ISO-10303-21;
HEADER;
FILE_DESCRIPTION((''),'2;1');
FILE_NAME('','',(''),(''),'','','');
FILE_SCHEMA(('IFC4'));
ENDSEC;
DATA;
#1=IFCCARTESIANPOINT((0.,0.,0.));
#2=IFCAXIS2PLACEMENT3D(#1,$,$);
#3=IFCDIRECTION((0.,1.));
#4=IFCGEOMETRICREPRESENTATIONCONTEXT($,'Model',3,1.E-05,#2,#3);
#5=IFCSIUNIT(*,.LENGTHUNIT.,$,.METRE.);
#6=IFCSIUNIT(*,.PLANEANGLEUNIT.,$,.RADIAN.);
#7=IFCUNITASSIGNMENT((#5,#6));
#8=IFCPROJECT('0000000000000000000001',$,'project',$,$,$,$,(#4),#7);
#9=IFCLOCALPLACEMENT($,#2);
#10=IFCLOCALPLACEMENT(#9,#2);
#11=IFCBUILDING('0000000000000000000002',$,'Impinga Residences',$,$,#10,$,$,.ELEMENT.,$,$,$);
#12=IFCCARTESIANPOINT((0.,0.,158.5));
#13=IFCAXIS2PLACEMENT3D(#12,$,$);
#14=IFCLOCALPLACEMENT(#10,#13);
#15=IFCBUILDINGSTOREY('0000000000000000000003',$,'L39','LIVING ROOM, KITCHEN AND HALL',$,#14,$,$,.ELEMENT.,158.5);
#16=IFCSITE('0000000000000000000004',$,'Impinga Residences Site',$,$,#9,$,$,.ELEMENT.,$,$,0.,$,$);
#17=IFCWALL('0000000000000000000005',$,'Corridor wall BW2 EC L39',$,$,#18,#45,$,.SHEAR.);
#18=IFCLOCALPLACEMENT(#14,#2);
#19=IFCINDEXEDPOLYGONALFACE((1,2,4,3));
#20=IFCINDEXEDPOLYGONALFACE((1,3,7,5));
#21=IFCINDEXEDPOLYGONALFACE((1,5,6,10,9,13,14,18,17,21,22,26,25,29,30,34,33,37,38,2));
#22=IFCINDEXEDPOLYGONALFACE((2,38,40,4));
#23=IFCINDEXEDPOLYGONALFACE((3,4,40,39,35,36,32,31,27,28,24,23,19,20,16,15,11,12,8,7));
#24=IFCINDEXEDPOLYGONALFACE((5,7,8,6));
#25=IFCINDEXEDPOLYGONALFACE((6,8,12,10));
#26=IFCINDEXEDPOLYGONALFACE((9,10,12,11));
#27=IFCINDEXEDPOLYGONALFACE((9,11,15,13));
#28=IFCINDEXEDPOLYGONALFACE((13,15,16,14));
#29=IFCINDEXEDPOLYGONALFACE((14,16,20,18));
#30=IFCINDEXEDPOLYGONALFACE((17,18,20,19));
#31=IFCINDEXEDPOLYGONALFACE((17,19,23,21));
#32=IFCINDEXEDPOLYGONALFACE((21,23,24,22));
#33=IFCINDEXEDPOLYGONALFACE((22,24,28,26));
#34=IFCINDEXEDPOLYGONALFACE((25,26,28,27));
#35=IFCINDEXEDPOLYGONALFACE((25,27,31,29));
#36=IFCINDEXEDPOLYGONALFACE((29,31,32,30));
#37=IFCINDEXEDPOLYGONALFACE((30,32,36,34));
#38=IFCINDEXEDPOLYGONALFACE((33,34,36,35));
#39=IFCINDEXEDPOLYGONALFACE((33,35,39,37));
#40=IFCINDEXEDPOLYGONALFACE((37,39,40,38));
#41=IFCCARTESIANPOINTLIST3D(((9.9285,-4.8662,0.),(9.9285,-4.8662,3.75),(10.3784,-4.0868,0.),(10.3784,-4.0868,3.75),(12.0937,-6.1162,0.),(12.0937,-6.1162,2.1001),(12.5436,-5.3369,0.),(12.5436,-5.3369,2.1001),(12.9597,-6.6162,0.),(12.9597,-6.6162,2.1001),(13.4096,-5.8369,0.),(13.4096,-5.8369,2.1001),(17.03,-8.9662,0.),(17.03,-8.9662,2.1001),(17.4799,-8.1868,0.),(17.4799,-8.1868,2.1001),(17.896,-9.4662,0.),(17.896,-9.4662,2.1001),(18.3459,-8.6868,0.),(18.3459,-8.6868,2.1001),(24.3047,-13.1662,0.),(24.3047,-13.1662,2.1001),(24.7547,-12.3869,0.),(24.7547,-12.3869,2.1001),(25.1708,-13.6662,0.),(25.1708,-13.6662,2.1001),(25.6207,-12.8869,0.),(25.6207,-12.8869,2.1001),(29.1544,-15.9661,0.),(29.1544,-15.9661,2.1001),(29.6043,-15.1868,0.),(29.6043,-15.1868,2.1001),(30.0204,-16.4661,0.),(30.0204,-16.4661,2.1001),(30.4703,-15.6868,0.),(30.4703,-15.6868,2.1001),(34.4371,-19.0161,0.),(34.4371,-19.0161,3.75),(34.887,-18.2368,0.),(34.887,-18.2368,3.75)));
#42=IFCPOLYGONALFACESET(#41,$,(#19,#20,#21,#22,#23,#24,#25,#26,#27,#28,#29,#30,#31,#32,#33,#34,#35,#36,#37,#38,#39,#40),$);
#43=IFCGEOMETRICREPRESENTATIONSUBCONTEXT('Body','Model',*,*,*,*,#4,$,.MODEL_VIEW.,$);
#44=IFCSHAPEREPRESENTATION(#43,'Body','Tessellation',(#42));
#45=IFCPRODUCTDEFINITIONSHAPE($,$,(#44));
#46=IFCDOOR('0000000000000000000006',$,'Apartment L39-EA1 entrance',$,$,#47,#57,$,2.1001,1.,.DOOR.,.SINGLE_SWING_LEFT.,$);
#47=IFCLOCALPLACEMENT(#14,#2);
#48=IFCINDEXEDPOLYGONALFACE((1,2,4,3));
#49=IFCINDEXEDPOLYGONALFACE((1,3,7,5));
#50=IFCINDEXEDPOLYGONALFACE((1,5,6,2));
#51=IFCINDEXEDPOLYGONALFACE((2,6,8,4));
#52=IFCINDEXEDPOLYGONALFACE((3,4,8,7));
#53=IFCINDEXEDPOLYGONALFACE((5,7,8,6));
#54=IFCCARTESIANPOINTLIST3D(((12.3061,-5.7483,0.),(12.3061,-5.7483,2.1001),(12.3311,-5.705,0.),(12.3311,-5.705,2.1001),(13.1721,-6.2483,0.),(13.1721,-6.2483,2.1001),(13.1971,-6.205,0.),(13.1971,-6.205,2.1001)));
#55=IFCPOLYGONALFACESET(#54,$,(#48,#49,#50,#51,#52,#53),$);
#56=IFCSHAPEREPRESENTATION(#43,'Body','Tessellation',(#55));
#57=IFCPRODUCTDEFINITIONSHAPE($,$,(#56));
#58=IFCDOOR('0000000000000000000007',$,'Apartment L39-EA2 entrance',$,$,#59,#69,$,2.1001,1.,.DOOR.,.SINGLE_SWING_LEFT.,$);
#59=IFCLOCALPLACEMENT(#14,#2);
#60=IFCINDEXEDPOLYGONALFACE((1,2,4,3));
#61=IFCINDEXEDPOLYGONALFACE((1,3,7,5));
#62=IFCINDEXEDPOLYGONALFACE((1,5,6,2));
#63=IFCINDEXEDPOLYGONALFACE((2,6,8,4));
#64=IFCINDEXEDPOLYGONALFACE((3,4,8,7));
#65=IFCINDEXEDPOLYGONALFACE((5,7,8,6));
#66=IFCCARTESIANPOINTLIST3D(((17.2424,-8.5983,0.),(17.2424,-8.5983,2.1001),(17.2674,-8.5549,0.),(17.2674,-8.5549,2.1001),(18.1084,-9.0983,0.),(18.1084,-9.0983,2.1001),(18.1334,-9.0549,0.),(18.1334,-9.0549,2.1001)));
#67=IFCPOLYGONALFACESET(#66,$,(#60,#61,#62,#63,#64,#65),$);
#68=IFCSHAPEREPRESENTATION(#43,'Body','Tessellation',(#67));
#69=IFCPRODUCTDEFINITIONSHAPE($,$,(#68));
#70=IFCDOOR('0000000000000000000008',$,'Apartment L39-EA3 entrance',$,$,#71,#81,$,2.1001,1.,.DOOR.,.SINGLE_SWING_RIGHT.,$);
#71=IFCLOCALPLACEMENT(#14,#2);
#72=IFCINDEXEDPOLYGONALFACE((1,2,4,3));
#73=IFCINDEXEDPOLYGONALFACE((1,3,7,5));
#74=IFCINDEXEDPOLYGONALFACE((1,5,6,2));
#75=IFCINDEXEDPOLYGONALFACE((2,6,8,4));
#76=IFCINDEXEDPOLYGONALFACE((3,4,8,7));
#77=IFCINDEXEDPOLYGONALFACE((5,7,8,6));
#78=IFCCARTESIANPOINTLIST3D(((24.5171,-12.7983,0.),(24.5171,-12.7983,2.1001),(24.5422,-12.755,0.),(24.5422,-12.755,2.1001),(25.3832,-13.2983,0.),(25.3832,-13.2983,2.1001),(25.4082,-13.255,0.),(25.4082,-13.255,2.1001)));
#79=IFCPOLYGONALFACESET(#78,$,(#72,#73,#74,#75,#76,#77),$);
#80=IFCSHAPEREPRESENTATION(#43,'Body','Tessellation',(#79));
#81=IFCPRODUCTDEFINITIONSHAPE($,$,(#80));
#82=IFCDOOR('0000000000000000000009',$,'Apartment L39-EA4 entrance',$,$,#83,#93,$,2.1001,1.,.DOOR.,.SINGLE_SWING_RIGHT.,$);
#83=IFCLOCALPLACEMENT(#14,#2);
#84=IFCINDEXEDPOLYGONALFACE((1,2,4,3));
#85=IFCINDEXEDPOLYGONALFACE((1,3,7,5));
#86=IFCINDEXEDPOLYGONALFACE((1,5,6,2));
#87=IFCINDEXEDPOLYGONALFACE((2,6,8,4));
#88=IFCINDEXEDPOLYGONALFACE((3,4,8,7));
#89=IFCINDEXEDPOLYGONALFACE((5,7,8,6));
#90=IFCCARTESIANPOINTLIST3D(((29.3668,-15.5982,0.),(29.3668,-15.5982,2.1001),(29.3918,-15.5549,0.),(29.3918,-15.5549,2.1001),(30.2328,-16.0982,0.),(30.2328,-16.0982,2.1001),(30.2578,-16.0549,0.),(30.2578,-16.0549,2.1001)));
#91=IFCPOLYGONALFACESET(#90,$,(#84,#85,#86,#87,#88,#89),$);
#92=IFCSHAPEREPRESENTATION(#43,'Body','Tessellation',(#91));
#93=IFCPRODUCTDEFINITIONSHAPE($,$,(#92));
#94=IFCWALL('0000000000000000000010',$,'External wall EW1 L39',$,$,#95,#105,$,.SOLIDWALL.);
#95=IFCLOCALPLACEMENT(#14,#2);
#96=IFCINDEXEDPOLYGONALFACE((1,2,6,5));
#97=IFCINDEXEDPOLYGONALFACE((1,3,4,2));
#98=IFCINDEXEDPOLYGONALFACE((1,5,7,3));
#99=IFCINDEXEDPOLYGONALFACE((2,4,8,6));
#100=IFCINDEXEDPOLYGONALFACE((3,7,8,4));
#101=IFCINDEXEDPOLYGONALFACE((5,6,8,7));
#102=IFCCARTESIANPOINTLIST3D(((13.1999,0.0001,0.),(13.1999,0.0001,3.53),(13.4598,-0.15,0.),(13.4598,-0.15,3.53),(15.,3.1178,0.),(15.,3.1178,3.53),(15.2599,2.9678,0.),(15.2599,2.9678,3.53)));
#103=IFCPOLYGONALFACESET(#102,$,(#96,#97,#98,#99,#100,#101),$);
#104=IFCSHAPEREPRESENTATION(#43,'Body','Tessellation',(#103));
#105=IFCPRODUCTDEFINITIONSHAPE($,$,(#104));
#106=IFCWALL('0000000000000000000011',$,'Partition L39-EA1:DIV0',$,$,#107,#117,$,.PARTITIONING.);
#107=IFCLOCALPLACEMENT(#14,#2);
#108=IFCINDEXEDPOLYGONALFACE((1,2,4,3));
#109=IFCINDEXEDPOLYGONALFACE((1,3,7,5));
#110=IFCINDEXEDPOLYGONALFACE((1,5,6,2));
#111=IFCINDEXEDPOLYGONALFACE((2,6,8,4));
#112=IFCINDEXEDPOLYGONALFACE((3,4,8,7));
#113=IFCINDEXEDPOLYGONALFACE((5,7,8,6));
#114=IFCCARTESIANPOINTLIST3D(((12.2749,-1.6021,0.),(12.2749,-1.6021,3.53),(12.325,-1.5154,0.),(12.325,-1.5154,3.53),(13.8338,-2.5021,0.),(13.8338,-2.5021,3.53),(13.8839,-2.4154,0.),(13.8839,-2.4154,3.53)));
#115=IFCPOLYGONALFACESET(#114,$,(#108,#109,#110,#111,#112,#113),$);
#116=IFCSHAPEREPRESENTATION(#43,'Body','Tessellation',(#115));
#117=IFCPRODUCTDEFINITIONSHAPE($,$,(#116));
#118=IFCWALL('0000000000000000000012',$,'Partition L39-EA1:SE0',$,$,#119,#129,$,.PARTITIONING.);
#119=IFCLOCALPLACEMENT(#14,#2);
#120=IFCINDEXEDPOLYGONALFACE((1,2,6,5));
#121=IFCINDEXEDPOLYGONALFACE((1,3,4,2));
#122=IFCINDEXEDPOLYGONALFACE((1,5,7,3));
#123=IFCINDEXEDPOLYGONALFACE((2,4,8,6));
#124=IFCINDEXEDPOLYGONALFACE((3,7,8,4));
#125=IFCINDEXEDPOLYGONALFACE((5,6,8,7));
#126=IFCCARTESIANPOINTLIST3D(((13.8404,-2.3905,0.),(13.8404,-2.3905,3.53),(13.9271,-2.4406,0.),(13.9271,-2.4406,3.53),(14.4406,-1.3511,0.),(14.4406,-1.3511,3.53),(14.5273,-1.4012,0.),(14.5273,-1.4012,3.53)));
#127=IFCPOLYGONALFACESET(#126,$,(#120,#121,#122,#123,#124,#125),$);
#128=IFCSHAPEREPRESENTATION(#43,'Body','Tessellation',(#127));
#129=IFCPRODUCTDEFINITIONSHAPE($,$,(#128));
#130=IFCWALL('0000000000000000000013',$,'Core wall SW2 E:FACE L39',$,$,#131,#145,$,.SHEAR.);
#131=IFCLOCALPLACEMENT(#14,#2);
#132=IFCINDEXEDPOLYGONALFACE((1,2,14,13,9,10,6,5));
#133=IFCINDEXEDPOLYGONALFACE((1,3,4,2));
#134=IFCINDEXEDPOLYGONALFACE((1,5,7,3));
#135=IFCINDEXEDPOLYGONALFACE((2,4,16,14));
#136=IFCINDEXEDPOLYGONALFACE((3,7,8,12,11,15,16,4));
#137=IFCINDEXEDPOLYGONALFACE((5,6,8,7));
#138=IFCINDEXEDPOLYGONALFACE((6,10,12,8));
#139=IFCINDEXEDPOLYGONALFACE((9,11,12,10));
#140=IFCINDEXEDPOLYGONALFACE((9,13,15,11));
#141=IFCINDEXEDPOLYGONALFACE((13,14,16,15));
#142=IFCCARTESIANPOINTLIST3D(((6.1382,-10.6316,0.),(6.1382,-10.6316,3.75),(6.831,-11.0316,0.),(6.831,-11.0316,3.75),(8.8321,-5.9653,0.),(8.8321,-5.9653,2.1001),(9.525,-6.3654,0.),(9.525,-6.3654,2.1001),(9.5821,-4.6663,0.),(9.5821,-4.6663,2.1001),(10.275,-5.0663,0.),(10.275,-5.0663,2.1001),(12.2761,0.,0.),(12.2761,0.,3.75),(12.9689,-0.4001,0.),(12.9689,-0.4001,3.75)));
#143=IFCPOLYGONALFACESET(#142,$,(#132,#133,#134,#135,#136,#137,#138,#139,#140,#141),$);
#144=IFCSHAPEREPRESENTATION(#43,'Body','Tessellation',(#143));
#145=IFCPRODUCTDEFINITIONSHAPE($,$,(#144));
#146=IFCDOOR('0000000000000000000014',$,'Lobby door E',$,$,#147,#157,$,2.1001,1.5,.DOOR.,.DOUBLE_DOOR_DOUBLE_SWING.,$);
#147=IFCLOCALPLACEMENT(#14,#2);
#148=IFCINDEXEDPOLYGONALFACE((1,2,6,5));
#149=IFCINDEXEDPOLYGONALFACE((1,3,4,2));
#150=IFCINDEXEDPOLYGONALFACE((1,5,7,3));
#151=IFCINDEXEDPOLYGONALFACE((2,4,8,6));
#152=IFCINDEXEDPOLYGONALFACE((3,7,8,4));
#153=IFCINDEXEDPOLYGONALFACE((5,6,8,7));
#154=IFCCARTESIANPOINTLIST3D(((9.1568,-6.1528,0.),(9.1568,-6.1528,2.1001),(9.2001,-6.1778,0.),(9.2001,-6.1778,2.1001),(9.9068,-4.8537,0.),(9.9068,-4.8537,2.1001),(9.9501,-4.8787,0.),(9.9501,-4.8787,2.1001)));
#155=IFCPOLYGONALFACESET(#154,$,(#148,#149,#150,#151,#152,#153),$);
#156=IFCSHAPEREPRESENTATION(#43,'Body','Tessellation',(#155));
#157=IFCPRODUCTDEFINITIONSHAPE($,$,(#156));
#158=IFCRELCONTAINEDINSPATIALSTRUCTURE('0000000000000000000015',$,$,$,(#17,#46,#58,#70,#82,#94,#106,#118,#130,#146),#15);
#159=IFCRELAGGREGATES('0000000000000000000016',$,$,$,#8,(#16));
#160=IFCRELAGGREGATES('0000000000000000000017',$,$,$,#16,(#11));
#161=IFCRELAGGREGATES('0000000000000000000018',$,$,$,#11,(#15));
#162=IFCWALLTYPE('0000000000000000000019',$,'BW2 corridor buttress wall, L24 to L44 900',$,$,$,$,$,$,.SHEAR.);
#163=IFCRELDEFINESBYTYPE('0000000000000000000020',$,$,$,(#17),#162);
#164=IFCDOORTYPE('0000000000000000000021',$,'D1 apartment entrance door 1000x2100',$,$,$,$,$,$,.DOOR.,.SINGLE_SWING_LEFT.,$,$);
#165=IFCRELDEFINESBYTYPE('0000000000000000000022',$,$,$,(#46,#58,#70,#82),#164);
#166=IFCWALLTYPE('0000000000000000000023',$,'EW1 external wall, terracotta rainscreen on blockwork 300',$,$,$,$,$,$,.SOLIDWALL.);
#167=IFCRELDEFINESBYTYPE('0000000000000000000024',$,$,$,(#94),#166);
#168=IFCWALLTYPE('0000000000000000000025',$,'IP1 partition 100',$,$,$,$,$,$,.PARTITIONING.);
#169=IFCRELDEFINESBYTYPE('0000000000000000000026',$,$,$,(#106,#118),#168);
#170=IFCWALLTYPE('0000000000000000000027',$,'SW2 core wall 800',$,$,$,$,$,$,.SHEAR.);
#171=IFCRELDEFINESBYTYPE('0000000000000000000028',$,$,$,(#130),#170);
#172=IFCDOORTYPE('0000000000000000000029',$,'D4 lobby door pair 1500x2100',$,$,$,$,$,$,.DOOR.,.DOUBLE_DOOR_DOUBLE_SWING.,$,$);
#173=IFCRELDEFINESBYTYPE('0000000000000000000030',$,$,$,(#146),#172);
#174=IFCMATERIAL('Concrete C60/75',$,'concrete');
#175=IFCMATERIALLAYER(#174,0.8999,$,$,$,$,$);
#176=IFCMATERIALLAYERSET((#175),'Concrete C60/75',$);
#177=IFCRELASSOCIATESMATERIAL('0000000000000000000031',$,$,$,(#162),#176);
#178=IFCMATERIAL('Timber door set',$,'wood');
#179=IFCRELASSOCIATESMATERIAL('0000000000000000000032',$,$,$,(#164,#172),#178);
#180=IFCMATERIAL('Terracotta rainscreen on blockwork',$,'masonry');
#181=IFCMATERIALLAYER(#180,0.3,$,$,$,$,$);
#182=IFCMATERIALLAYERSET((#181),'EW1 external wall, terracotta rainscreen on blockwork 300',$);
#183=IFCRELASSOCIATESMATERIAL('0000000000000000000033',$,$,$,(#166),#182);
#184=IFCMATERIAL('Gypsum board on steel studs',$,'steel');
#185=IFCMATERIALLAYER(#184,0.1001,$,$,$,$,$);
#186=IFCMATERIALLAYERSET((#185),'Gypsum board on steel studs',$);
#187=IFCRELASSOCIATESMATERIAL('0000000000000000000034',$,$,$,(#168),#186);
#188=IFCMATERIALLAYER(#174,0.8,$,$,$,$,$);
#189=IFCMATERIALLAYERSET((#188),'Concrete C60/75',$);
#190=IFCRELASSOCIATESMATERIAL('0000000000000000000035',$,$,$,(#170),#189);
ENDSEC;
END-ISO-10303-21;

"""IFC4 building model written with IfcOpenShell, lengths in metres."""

from ifc_helpers import new_model, si_unit, direction, frame, frame_2d, origin, place, context, subcontext, project, spatial, rectangle, extrude, material, layer, layer_set, type_object, element, fill, save


model = new_model("IFC4")

# Units and contexts
model_context = context("Model", 3, precision=1e-05, world=origin(), true_north=direction((0.0, 1.0)))
body_context = subcontext(model_context, "Body", "Model", "MODEL_VIEW")
ifc_project = project(units=[si_unit("LENGTHUNIT", "METRE"), si_unit("PLANEANGLEUNIT", "RADIAN")], contexts=[model_context])

# Site, building, storey
site_placement = place(None, origin())
site = spatial("IfcSite", under=ifc_project, at=site_placement, Name="Impinga Residences Site", CompositionType="ELEMENT", RefElevation=0.0)
building_placement = place(site_placement, origin())
building = spatial("IfcBuilding", under=site, at=building_placement, Name="Impinga Residences", CompositionType="ELEMENT")
storey_placement = place(building_placement, frame((0.0, 0.0, 158.5)))
storey = spatial("IfcBuildingStorey", under=building, at=storey_placement, Name="L39", Description="LIVING ROOM, KITCHEN AND HALL", CompositionType="ELEMENT", Elevation=158.5)

# Wall, openings, doors
ifc_material_1 = material(Name="Concrete C60/75", Category="concrete")
ifc_layer_1 = layer(ifc_material_1, 0.8999)
ifc_layer_set_1 = layer_set([ifc_layer_1], Name="Concrete C60/75")
wall_type_1 = type_object("IfcWallType", Name="BW2 corridor buttress wall, L24 to L44 900", PredefinedType="SHEAR", material=ifc_layer_set_1)
wall_1_placement = place(storey_placement, frame((10.1536, -4.4766, 0.0), z_axis=(0.0, 0.0, 1.0), x_axis=(0.866027, -0.499997, 0.0)))
wall_1 = element("IfcWall", 1, at=wall_1_placement, inside=storey, type_object=wall_type_1, Name="Corridor wall BW2 EC L39", PredefinedType="SHEAR", context=body_context, shape_type="SweptSolid", body=[
    extrude(rectangle(XDim=28.3, YDim=0.8999, at=frame_2d((14.1499, 0.0))), origin(), (0.0, 0.0, 1.0), 3.75),
])
opening_1_placement = place(wall_1_placement, frame((2.5, 0.0, 0.0)))
opening_1 = element("IfcOpeningElement", 2, at=opening_1_placement, cuts=wall_1, PredefinedType="OPENING", context=body_context, shape_type="SweptSolid", body=[
    extrude(rectangle(XDim=1.0, YDim=2.1001, at=frame_2d((0.5, 1.05))), frame((0.0, 0.46, 0.0), z_axis=(0.0, -1.0, 0.0), x_axis=(1.0, 0.0, 0.0)), (0.0, 0.0, 1.0), 0.9199),
])
opening_2_placement = place(wall_1_placement, frame((8.2, 0.0, 0.0)))
opening_2 = element("IfcOpeningElement", 3, at=opening_2_placement, cuts=wall_1, PredefinedType="OPENING", context=body_context, shape_type="SweptSolid", body=[
    extrude(rectangle(XDim=1.0, YDim=2.1001, at=frame_2d((0.5, 1.05))), frame((0.0, 0.46, 0.0), z_axis=(0.0, -1.0, 0.0), x_axis=(1.0, 0.0, 0.0)), (0.0, 0.0, 1.0), 0.9199),
])
opening_3_placement = place(wall_1_placement, frame((16.6001, 0.0, 0.0)))
opening_3 = element("IfcOpeningElement", 4, at=opening_3_placement, cuts=wall_1, PredefinedType="OPENING", context=body_context, shape_type="SweptSolid", body=[
    extrude(rectangle(XDim=1.0, YDim=2.1001, at=frame_2d((0.5, 1.05))), frame((0.0, 0.46, 0.0), z_axis=(0.0, -1.0, 0.0), x_axis=(1.0, 0.0, 0.0)), (0.0, 0.0, 1.0), 0.9199),
])
opening_4_placement = place(wall_1_placement, frame((22.2, 0.0, 0.0)))
opening_4 = element("IfcOpeningElement", 5, at=opening_4_placement, cuts=wall_1, PredefinedType="OPENING", context=body_context, shape_type="SweptSolid", body=[
    extrude(rectangle(XDim=1.0, YDim=2.1001, at=frame_2d((0.5, 1.05))), frame((0.0, 0.46, 0.0), z_axis=(0.0, -1.0, 0.0), x_axis=(1.0, 0.0, 0.0)), (0.0, 0.0, 1.0), 0.9199),
])
ifc_material_2 = material(Name="Timber door set", Category="wood")
door_type_1 = type_object("IfcDoorType", Name="D1 apartment entrance door 1000x2100", OperationType="SINGLE_SWING_LEFT", PredefinedType="DOOR", material=ifc_material_2)
door_1_placement = place(opening_1_placement, origin())
door_1 = element("IfcDoor", 6, at=door_1_placement, inside=storey, type_object=door_type_1, Name="Apartment L39-EA1 entrance", OperationType="SINGLE_SWING_LEFT", OverallHeight=2.1001, OverallWidth=1.0, PredefinedType="DOOR", context=body_context, shape_type="SweptSolid", body=[
    extrude(rectangle(XDim=1.0, YDim=2.1001, at=frame_2d((0.5, 1.05))), frame((0.0, 0.0249, 0.0), z_axis=(0.0, -1.0, 0.0), x_axis=(1.0, 0.0, 0.0)), (0.0, 0.0, 1.0), 0.05),
])
fill(opening_1, door_1)
door_2_placement = place(opening_2_placement, origin())
door_2 = element("IfcDoor", 7, at=door_2_placement, inside=storey, type_object=door_type_1, Name="Apartment L39-EA2 entrance", OperationType="SINGLE_SWING_LEFT", OverallHeight=2.1001, OverallWidth=1.0, PredefinedType="DOOR", context=body_context, shape_type="SweptSolid", body=[
    extrude(rectangle(XDim=1.0, YDim=2.1001, at=frame_2d((0.5, 1.05))), frame((0.0, 0.0249, 0.0), z_axis=(0.0, -1.0, 0.0), x_axis=(1.0, 0.0, 0.0)), (0.0, 0.0, 1.0), 0.05),
])
fill(opening_2, door_2)
door_3_placement = place(opening_3_placement, origin())
door_3 = element("IfcDoor", 8, at=door_3_placement, inside=storey, type_object=door_type_1, Name="Apartment L39-EA3 entrance", OperationType="SINGLE_SWING_RIGHT", OverallHeight=2.1001, OverallWidth=1.0, PredefinedType="DOOR", context=body_context, shape_type="SweptSolid", body=[
    extrude(rectangle(XDim=1.0, YDim=2.1001, at=frame_2d((0.5, 1.05))), frame((0.0, 0.0249, 0.0), z_axis=(0.0, -1.0, 0.0), x_axis=(1.0, 0.0, 0.0)), (0.0, 0.0, 1.0), 0.05),
])
fill(opening_3, door_3)
door_4_placement = place(opening_4_placement, origin())
door_4 = element("IfcDoor", 9, at=door_4_placement, inside=storey, type_object=door_type_1, Name="Apartment L39-EA4 entrance", OperationType="SINGLE_SWING_RIGHT", OverallHeight=2.1001, OverallWidth=1.0, PredefinedType="DOOR", context=body_context, shape_type="SweptSolid", body=[
    extrude(rectangle(XDim=1.0, YDim=2.1001, at=frame_2d((0.5, 1.05))), frame((0.0, 0.0249, 0.0), z_axis=(0.0, -1.0, 0.0), x_axis=(1.0, 0.0, 0.0)), (0.0, 0.0, 1.0), 0.05),
])
fill(opening_4, door_4)

# Walls
ifc_material_3 = material(Name="Terracotta rainscreen on blockwork", Category="masonry")
ifc_layer_2 = layer(ifc_material_3, 0.3)
ifc_layer_set_2 = layer_set([ifc_layer_2], Name="EW1 external wall, terracotta rainscreen on blockwork 300")
wall_type_2 = type_object("IfcWallType", Name="EW1 external wall, terracotta rainscreen on blockwork 300", PredefinedType="SOLIDWALL", material=ifc_layer_set_2)
wall_2_placement = place(storey_placement, frame((13.3298, -0.075, 0.0), z_axis=(0.0, 0.0, 1.0), x_axis=(0.500012, 0.866018, 0.0)))
element("IfcWall", 10, at=wall_2_placement, inside=storey, type_object=wall_type_2, Name="External wall EW1 L39", PredefinedType="SOLIDWALL", context=body_context, shape_type="SweptSolid", body=[
    extrude(rectangle(XDim=3.6001, YDim=0.3, at=frame_2d((1.8, 0.0))), origin(), (0.0, 0.0, 1.0), 3.53),
])
ifc_material_4 = material(Name="Gypsum board on steel studs", Category="steel")
ifc_layer_3 = layer(ifc_material_4, 0.1001)
ifc_layer_set_3 = layer_set([ifc_layer_3], Name="Gypsum board on steel studs")
wall_type_3 = type_object("IfcWallType", Name="IP1 partition 100", PredefinedType="PARTITIONING", material=ifc_layer_set_3)
wall_3_placement = place(storey_placement, frame((12.3, -1.5588, 0.0), z_axis=(0.0, 0.0, 1.0), x_axis=(0.866048, -0.499961, 0.0)))
element("IfcWall", 11, at=wall_3_placement, inside=storey, type_object=wall_type_3, Name="Partition L39-EA1:DIV0", PredefinedType="PARTITIONING", context=body_context, shape_type="SweptSolid", body=[
    extrude(rectangle(XDim=1.8, YDim=0.1001, at=frame_2d((0.8999, 0.0))), origin(), (0.0, 0.0, 1.0), 3.53),
])
wall_4_placement = place(storey_placement, frame((13.8838, -2.4155, 0.0), z_axis=(0.0, 0.0, 1.0), x_axis=(0.500034, 0.866006, 0.0)))
element("IfcWall", 12, at=wall_4_placement, inside=storey, type_object=wall_type_3, Name="Partition L39-EA1:SE0", PredefinedType="PARTITIONING", context=body_context, shape_type="SweptSolid", body=[
    extrude(rectangle(XDim=1.2002, YDim=0.1001, at=frame_2d((0.6001, 0.0))), origin(), (0.0, 0.0, 1.0), 3.53),
])

# Wall, opening, door
ifc_layer_4 = layer(ifc_material_1, 0.8)
ifc_layer_set_4 = layer_set([ifc_layer_4], Name="Concrete C60/75")
wall_type_4 = type_object("IfcWallType", Name="SW2 core wall 800", PredefinedType="SHEAR", material=ifc_layer_set_4)
wall_5_placement = place(storey_placement, frame((12.6226, -0.2, 0.0), z_axis=(0.0, 0.0, 1.0), x_axis=(-0.499987, -0.866033, 0.0)))
wall_5 = element("IfcWall", 13, at=wall_5_placement, inside=storey, type_object=wall_type_4, Name="Core wall SW2 E:FACE L39", PredefinedType="SHEAR", context=body_context, shape_type="SweptSolid", body=[
    extrude(rectangle(XDim=12.2761, YDim=0.8, at=frame_2d((6.1382, 0.0))), origin(), (0.0, 0.0, 1.0), 3.75),
])
opening_5_placement = place(wall_5_placement, frame((5.3882, 0.0, 0.0)))
opening_5 = element("IfcOpeningElement", 14, at=opening_5_placement, cuts=wall_5, PredefinedType="OPENING", context=body_context, shape_type="SweptSolid", body=[
    extrude(rectangle(XDim=1.5, YDim=2.1001, at=frame_2d((0.75, 1.05))), frame((0.0, 0.4099, 0.0), z_axis=(0.0, -1.0, 0.0), x_axis=(1.0, 0.0, 0.0)), (0.0, 0.0, 1.0), 0.8201),
])
door_type_2 = type_object("IfcDoorType", Name="D4 lobby door pair 1500x2100", OperationType="DOUBLE_DOOR_DOUBLE_SWING", PredefinedType="DOOR", material=ifc_material_2)
door_5_placement = place(opening_5_placement, origin())
door_5 = element("IfcDoor", 15, at=door_5_placement, inside=storey, type_object=door_type_2, Name="Lobby door E", OperationType="DOUBLE_DOOR_DOUBLE_SWING", OverallHeight=2.1001, OverallWidth=1.5, PredefinedType="DOOR", context=body_context, shape_type="SweptSolid", body=[
    extrude(rectangle(XDim=1.5, YDim=2.1001, at=frame_2d((0.75, 1.05))), frame((0.0, 0.0249, 0.0), z_axis=(0.0, -1.0, 0.0), x_axis=(1.0, 0.0, 0.0)), (0.0, 0.0, 1.0), 0.05),
])
fill(opening_5, door_5)

save(model, "model.ifc")
